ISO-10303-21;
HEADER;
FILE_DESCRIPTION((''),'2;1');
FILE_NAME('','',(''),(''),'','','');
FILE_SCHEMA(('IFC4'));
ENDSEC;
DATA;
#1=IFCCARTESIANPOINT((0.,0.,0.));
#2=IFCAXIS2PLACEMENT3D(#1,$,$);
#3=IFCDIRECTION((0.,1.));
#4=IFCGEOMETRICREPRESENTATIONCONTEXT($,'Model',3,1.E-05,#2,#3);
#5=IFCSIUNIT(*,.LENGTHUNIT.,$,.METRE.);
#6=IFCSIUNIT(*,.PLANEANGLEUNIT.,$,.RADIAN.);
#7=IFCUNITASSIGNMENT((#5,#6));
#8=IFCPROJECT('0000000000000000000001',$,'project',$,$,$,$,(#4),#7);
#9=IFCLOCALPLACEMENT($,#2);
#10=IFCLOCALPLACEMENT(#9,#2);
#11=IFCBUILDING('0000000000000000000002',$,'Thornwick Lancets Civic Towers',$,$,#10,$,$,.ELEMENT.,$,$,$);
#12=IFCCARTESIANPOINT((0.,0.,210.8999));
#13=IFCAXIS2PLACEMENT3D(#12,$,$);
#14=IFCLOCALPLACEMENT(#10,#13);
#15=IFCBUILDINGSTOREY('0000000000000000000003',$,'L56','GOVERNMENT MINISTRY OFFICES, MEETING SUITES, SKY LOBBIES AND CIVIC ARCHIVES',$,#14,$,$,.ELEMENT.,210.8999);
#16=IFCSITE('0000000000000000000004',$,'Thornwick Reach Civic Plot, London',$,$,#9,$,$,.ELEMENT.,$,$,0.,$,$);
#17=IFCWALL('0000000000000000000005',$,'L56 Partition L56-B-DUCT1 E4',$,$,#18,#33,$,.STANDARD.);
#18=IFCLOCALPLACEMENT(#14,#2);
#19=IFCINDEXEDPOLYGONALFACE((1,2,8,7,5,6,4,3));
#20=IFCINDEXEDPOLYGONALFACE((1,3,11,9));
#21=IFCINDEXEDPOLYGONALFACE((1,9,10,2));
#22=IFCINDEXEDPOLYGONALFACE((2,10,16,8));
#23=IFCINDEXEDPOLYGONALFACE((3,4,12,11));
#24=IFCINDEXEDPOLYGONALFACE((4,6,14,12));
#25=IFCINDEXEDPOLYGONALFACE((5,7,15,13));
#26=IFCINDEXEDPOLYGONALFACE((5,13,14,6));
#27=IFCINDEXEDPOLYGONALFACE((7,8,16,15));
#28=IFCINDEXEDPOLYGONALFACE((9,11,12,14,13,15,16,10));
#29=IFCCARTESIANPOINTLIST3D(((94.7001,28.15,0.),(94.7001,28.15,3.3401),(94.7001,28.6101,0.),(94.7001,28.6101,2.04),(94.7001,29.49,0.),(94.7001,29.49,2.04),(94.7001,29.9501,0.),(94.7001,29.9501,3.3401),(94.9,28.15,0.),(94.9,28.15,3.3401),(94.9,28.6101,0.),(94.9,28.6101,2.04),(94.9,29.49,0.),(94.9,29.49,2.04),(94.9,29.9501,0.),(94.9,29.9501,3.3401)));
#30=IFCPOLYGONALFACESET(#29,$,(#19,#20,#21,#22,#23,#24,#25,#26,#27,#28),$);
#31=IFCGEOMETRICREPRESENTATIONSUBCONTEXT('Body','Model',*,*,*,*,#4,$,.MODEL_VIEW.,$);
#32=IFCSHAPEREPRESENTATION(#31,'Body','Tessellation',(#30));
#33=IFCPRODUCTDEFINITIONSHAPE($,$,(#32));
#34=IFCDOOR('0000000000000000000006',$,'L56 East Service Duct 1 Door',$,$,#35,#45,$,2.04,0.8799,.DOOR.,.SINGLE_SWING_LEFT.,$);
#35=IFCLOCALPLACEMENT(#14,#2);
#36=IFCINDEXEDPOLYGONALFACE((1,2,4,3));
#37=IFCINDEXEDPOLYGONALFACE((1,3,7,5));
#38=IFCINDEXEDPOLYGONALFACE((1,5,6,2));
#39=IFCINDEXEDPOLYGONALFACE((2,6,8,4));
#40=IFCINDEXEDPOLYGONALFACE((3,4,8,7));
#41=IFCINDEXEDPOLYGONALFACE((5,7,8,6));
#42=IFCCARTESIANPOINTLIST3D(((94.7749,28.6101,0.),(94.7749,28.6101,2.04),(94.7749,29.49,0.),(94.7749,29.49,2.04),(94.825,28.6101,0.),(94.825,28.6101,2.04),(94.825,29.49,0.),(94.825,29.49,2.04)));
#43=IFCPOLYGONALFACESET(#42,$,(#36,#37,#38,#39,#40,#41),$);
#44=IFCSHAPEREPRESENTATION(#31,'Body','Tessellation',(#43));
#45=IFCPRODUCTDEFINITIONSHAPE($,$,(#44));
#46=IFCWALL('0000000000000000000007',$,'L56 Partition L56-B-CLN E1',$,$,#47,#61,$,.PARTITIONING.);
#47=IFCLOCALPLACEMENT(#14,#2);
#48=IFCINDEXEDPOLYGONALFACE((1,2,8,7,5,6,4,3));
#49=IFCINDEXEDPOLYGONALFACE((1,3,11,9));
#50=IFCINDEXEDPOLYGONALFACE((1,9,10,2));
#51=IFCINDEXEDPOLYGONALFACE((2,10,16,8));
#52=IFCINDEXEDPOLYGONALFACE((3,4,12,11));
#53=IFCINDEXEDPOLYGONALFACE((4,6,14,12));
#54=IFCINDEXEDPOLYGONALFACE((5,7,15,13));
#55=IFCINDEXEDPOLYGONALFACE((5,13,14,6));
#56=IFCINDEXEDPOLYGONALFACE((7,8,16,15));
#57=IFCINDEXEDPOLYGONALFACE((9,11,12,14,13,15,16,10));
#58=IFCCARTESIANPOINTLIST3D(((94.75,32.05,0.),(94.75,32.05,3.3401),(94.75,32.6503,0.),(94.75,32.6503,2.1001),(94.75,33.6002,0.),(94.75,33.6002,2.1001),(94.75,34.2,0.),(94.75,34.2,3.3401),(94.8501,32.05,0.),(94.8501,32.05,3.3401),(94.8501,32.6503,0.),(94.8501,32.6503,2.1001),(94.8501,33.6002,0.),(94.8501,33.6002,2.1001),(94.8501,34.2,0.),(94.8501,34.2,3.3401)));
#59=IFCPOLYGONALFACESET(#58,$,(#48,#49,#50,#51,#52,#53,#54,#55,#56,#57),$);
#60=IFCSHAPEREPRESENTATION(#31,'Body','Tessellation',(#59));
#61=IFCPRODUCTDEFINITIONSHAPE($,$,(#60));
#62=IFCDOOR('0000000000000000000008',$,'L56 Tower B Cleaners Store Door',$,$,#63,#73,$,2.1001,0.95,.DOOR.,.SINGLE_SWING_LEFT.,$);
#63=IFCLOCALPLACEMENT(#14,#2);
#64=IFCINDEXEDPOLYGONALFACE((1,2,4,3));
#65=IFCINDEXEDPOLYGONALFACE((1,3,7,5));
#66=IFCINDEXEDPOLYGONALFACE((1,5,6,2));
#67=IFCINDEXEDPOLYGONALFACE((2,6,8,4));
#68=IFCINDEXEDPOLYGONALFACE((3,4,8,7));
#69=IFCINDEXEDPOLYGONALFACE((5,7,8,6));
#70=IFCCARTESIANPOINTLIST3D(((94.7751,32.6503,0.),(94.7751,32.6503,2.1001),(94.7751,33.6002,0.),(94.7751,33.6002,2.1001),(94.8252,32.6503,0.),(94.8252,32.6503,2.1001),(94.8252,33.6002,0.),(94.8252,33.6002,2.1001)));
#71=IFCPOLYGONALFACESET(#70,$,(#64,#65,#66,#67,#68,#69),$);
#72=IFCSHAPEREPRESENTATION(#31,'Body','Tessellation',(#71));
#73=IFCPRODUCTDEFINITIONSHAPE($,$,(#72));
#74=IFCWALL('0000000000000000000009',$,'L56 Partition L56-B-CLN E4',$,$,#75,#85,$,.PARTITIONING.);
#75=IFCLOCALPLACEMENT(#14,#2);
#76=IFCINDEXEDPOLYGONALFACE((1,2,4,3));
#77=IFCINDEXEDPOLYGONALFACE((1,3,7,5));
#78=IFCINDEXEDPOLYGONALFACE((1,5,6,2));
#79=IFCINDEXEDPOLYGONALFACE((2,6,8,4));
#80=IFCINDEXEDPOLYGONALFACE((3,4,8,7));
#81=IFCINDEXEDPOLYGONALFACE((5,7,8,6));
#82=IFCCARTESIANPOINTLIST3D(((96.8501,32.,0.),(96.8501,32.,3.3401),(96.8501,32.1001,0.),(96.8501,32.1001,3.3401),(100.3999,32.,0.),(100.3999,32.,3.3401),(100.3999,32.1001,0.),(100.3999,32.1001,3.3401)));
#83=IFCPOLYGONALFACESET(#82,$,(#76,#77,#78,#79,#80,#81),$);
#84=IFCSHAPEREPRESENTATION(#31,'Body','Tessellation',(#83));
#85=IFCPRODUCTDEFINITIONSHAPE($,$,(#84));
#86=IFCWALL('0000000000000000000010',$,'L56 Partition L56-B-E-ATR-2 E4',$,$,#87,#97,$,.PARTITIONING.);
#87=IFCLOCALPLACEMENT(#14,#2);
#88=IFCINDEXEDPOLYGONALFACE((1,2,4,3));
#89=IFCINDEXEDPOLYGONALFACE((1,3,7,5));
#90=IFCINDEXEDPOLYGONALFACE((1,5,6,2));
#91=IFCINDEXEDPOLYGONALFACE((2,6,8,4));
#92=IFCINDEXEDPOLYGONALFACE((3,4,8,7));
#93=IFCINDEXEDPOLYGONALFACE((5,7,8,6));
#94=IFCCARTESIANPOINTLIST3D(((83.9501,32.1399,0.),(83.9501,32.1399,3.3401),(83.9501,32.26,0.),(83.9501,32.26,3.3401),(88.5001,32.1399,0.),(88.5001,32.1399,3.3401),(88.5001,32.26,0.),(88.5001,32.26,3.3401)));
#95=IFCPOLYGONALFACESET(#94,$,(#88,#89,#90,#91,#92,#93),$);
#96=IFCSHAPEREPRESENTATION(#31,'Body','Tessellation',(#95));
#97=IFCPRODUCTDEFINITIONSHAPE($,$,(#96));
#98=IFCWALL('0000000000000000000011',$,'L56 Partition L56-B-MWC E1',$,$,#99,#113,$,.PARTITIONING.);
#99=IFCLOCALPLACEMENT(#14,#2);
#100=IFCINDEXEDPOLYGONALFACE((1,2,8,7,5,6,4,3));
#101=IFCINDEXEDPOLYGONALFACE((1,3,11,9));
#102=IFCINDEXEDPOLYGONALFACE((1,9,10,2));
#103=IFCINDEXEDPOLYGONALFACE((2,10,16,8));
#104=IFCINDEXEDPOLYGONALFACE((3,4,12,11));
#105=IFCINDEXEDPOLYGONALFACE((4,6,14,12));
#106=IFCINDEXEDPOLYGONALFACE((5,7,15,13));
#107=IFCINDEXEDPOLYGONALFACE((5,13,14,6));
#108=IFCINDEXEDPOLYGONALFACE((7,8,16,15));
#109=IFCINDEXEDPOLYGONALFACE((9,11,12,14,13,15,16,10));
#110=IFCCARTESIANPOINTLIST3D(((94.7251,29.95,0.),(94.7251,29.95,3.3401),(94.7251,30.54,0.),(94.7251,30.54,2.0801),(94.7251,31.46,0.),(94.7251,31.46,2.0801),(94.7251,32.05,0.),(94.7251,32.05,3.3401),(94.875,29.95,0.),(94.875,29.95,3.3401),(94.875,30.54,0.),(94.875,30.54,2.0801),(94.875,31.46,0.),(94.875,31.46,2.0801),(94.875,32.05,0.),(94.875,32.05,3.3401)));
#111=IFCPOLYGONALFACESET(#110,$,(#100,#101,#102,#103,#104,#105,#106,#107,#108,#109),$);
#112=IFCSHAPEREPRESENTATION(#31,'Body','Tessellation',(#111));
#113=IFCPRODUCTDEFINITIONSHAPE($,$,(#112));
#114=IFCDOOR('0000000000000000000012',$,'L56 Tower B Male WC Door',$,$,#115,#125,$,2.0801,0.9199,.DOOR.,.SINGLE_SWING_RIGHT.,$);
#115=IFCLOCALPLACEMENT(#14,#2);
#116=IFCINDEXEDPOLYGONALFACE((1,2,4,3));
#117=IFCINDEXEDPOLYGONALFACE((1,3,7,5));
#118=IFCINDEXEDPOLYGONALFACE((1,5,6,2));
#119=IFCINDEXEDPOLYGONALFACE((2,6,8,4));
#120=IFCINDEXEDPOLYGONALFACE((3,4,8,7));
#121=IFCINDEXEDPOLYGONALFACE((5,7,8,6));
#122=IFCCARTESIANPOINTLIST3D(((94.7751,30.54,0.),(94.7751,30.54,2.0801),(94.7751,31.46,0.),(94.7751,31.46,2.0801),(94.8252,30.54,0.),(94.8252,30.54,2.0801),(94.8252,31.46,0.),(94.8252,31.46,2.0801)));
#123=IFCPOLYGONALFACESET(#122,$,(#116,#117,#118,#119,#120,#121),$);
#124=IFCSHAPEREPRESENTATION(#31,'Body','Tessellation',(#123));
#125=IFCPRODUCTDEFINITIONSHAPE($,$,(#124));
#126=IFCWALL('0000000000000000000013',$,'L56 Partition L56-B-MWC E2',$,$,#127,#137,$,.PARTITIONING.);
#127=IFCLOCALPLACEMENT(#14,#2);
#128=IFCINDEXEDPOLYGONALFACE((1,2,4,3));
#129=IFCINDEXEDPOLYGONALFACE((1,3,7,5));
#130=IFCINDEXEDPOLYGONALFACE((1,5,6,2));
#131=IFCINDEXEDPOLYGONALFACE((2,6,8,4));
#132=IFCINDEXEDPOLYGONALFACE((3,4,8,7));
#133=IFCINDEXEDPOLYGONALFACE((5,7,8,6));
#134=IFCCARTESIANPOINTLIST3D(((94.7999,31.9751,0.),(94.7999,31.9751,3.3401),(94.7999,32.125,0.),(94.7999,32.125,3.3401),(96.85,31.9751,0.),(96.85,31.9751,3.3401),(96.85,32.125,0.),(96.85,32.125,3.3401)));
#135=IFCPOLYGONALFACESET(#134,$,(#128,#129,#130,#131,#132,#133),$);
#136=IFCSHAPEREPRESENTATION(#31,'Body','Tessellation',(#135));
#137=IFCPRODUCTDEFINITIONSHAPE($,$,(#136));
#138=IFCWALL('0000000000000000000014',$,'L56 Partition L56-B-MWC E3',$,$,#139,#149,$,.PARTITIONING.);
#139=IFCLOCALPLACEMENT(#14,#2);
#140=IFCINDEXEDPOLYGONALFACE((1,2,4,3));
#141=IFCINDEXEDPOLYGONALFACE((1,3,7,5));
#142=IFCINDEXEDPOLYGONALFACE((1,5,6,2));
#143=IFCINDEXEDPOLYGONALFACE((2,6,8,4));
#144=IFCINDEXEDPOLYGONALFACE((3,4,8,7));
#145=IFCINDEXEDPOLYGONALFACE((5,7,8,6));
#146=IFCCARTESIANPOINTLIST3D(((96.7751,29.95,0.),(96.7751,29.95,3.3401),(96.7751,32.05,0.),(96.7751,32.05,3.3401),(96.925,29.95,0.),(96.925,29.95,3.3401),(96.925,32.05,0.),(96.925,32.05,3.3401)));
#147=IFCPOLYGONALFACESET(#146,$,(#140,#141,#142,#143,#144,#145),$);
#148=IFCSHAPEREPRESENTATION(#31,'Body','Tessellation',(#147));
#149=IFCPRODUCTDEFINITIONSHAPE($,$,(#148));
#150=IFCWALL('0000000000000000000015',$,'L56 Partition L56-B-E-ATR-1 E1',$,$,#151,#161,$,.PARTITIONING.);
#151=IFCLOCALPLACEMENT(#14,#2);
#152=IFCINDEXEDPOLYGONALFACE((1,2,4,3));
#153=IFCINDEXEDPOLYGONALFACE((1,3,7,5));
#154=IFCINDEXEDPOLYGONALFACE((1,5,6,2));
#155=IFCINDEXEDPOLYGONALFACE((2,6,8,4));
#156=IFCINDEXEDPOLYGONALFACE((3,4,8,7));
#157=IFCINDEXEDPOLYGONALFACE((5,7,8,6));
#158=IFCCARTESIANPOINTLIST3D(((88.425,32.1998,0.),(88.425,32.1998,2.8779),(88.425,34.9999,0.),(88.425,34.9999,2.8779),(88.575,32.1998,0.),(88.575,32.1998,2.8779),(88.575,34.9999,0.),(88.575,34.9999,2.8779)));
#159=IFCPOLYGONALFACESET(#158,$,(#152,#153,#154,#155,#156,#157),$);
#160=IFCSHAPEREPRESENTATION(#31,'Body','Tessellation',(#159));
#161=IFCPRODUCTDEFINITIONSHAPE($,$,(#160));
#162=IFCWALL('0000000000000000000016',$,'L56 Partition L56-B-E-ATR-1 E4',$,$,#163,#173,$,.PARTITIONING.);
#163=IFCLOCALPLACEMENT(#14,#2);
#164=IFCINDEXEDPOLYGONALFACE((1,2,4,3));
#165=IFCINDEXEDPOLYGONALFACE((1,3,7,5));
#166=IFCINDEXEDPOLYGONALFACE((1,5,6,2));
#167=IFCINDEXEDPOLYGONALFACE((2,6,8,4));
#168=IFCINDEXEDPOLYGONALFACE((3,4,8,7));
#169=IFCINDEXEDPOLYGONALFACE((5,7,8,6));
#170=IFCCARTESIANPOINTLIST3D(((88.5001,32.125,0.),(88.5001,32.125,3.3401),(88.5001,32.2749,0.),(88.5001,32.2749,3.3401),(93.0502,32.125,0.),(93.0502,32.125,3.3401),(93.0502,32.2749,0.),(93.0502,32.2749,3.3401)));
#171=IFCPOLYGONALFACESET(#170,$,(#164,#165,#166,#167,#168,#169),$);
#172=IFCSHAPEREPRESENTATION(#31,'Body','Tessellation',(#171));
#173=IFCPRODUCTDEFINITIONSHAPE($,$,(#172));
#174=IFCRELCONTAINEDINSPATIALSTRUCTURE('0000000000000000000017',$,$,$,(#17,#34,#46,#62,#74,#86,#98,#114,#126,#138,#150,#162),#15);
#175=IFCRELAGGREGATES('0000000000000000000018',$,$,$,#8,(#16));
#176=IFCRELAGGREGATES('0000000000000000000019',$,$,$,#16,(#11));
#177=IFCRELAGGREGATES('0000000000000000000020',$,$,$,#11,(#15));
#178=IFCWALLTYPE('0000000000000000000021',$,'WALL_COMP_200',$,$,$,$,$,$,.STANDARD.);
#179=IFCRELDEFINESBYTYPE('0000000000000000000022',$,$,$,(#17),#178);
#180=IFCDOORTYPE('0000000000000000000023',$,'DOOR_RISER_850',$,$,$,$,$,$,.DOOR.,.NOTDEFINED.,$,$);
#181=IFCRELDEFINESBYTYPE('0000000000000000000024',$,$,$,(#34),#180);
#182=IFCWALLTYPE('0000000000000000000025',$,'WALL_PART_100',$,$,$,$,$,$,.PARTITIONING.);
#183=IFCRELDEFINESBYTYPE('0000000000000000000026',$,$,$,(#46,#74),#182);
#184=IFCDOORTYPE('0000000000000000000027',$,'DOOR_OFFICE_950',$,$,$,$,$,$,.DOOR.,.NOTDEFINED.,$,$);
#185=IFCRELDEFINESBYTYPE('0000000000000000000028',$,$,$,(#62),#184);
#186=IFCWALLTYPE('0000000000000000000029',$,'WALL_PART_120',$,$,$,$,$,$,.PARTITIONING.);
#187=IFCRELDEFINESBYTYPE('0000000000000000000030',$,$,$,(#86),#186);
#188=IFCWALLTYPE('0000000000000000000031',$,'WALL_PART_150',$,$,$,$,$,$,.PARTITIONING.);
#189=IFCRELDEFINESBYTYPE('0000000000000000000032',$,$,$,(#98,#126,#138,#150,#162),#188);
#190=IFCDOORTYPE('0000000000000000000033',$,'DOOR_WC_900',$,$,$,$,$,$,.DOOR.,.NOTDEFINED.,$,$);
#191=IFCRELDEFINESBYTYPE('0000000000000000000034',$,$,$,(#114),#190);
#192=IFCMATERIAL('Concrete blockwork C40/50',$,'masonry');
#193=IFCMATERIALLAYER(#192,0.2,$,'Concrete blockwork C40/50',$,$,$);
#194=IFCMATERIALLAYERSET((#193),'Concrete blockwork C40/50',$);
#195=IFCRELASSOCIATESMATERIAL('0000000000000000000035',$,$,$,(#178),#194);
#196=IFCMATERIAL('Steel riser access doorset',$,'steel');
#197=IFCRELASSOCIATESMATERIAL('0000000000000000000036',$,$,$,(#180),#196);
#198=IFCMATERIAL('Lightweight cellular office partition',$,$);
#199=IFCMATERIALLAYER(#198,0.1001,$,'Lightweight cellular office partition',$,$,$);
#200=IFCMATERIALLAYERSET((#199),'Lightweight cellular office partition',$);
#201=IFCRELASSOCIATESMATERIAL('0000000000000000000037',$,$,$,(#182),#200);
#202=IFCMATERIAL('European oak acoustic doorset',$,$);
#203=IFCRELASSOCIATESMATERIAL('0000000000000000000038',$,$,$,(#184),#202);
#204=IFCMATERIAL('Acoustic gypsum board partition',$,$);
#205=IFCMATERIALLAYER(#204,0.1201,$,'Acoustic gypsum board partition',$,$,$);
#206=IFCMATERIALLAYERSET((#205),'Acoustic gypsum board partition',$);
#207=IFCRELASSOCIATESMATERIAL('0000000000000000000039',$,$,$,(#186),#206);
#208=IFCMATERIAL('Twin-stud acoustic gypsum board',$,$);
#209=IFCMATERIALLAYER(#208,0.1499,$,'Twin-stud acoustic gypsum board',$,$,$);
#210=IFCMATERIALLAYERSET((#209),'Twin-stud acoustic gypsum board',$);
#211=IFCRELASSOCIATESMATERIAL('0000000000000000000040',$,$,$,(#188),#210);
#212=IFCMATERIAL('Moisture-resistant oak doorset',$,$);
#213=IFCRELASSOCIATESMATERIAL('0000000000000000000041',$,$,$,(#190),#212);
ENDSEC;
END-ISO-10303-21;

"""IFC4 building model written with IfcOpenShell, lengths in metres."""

from ifc_helpers import new_model, si_unit, direction, frame, frame_2d, origin, place, context, subcontext, project, spatial, rectangle, extrude, material, layer, layer_set, type_object, element, fill, save


model = new_model("IFC4")

# Units and contexts
model_context = context("Model", 3, precision=1e-05, world=origin(), true_north=direction((0.0, 1.0)))
body_context = subcontext(model_context, "Body", "Model", "MODEL_VIEW")
ifc_project = project(units=[si_unit("LENGTHUNIT", "METRE"), si_unit("PLANEANGLEUNIT", "RADIAN")], contexts=[model_context])

# Site, building, storey
site_placement = place(None, origin())
site = spatial("IfcSite", under=ifc_project, at=site_placement, Name="Thornwick Reach Civic Plot, London", CompositionType="ELEMENT", RefElevation=0.0)
building_placement = place(site_placement, origin())
building = spatial("IfcBuilding", under=site, at=building_placement, Name="Thornwick Lancets Civic Towers", CompositionType="ELEMENT")
storey_placement = place(building_placement, frame((0.0, 0.0, 210.8999)))
storey = spatial("IfcBuildingStorey", under=building, at=storey_placement, Name="L56", Description="GOVERNMENT MINISTRY OFFICES, MEETING SUITES, SKY LOBBIES AND CIVIC ARCHIVES", CompositionType="ELEMENT", Elevation=210.8999)

# Shared definitions
ifc_material_1 = material(Name="Concrete blockwork C40/50", Category="masonry")
ifc_layer_1 = layer(ifc_material_1, 0.2, Name="Concrete blockwork C40/50")
ifc_layer_set_1 = layer_set([ifc_layer_1], Name="Concrete blockwork C40/50")
wall_type_1 = type_object("IfcWallType", Name="WALL_COMP_200", PredefinedType="STANDARD", material=ifc_layer_set_1)

# Walls, openings, doors
wall_1_placement = place(storey_placement, frame((94.8, 29.95, 0.0), z_axis=(0.0, 0.0, 1.0), x_axis=(0.0, -1.0, 0.0)))
wall_1 = element("IfcWall", 1, at=wall_1_placement, inside=storey, type_object=wall_type_1, Name="L56 Partition L56-B-DUCT1 E4", PredefinedType="STANDARD", context=body_context, shape_type="SweptSolid", body=[
    extrude(rectangle(XDim=1.8, YDim=0.2, at=frame_2d((0.8999, 0.0))), origin(), (0.0, 0.0, 1.0), 3.3401),
])
opening_1_placement = place(wall_1_placement, frame((0.46, 0.0, 0.0)))
opening_1 = element("IfcOpeningElement", 2, at=opening_1_placement, cuts=wall_1, PredefinedType="OPENING", context=body_context, shape_type="SweptSolid", body=[
    extrude(rectangle(XDim=0.8799, YDim=2.04, at=frame_2d((0.4399, 1.02))), frame((0.0, 0.1099, 0.0), z_axis=(0.0, -1.0, 0.0), x_axis=(1.0, 0.0, 0.0)), (0.0, 0.0, 1.0), 0.22),
])
ifc_material_2 = material(Name="Steel riser access doorset", Category="steel")
door_type_1 = type_object("IfcDoorType", Name="DOOR_RISER_850", OperationType="NOTDEFINED", PredefinedType="DOOR", material=ifc_material_2)
door_1_placement = place(opening_1_placement, origin())
door_1 = element("IfcDoor", 3, at=door_1_placement, inside=storey, type_object=door_type_1, Name="L56 East Service Duct 1 Door", OperationType="SINGLE_SWING_LEFT", OverallHeight=2.04, OverallWidth=0.8799, PredefinedType="DOOR", context=body_context, shape_type="SweptSolid", body=[
    extrude(rectangle(XDim=0.8799, YDim=2.04, at=frame_2d((0.4399, 1.02))), frame((0.0, 0.0249, 0.0), z_axis=(0.0, -1.0, 0.0), x_axis=(1.0, 0.0, 0.0)), (0.0, 0.0, 1.0), 0.05),
])
fill(opening_1, door_1)
ifc_material_3 = material(Name="Lightweight cellular office partition")
ifc_layer_2 = layer(ifc_material_3, 0.1001, Name="Lightweight cellular office partition")
ifc_layer_set_2 = layer_set([ifc_layer_2], Name="Lightweight cellular office partition")
wall_type_2 = type_object("IfcWallType", Name="WALL_PART_100", PredefinedType="PARTITIONING", material=ifc_layer_set_2)
wall_2_placement = place(storey_placement, frame((94.8, 32.05, 0.0), z_axis=(0.0, 0.0, 1.0), x_axis=(0.0, 1.0, 0.0)))
wall_2 = element("IfcWall", 4, at=wall_2_placement, inside=storey, type_object=wall_type_2, Name="L56 Partition L56-B-CLN E1", PredefinedType="PARTITIONING", context=body_context, shape_type="SweptSolid", body=[
    extrude(rectangle(XDim=2.1499, YDim=0.1001, at=frame_2d((1.075, 0.0))), origin(), (0.0, 0.0, 1.0), 3.3401),
])
opening_2_placement = place(wall_2_placement, frame((0.6001, 0.0, 0.0)))
opening_2 = element("IfcOpeningElement", 5, at=opening_2_placement, cuts=wall_2, PredefinedType="OPENING", context=body_context, shape_type="SweptSolid", body=[
    extrude(rectangle(XDim=0.95, YDim=2.1001, at=frame_2d((0.4751, 1.05))), frame((0.0, 0.0601, 0.0), z_axis=(0.0, -1.0, 0.0), x_axis=(1.0, 0.0, 0.0)), (0.0, 0.0, 1.0), 0.1201),
])
ifc_material_4 = material(Name="European oak acoustic doorset")
door_type_2 = type_object("IfcDoorType", Name="DOOR_OFFICE_950", OperationType="NOTDEFINED", PredefinedType="DOOR", material=ifc_material_4)
door_2_placement = place(opening_2_placement, origin())
door_2 = element("IfcDoor", 6, at=door_2_placement, inside=storey, type_object=door_type_2, Name="L56 Tower B Cleaners Store Door", OperationType="SINGLE_SWING_LEFT", OverallHeight=2.1001, OverallWidth=0.95, PredefinedType="DOOR", context=body_context, shape_type="SweptSolid", body=[
    extrude(rectangle(XDim=0.95, YDim=2.1001, at=frame_2d((0.4751, 1.05))), frame((0.0, 0.0249, 0.0), z_axis=(0.0, -1.0, 0.0), x_axis=(1.0, 0.0, 0.0)), (0.0, 0.0, 1.0), 0.05),
])
fill(opening_2, door_2)

# Walls
wall_3_placement = place(storey_placement, frame((100.3999, 32.05, 0.0), z_axis=(0.0, 0.0, 1.0), x_axis=(-1.0, 0.0, 0.0)))
element("IfcWall", 7, at=wall_3_placement, inside=storey, type_object=wall_type_2, Name="L56 Partition L56-B-CLN E4", PredefinedType="PARTITIONING", context=body_context, shape_type="SweptSolid", body=[
    extrude(rectangle(XDim=3.5498, YDim=0.1001, at=frame_2d((1.7749, 0.0))), origin(), (0.0, 0.0, 1.0), 3.3401),
])
ifc_material_5 = material(Name="Acoustic gypsum board partition")
ifc_layer_3 = layer(ifc_material_5, 0.1201, Name="Acoustic gypsum board partition")
ifc_layer_set_3 = layer_set([ifc_layer_3], Name="Acoustic gypsum board partition")
wall_type_3 = type_object("IfcWallType", Name="WALL_PART_120", PredefinedType="PARTITIONING", material=ifc_layer_set_3)
wall_4_placement = place(storey_placement, frame((88.5, 32.2, 0.0), z_axis=(0.0, 0.0, 1.0), x_axis=(-1.0, 0.0, 0.0)))
element("IfcWall", 8, at=wall_4_placement, inside=storey, type_object=wall_type_3, Name="L56 Partition L56-B-E-ATR-2 E4", PredefinedType="PARTITIONING", context=body_context, shape_type="SweptSolid", body=[
    extrude(rectangle(XDim=4.55, YDim=0.1201, at=frame_2d((2.2749, 0.0))), origin(), (0.0, 0.0, 1.0), 3.3401),
])

# Wall, opening, door
ifc_material_6 = material(Name="Twin-stud acoustic gypsum board")
ifc_layer_4 = layer(ifc_material_6, 0.1499, Name="Twin-stud acoustic gypsum board")
ifc_layer_set_4 = layer_set([ifc_layer_4], Name="Twin-stud acoustic gypsum board")
wall_type_4 = type_object("IfcWallType", Name="WALL_PART_150", PredefinedType="PARTITIONING", material=ifc_layer_set_4)
wall_5_placement = place(storey_placement, frame((94.8, 29.95, 0.0), z_axis=(0.0, 0.0, 1.0), x_axis=(0.0, 1.0, 0.0)))
wall_5 = element("IfcWall", 9, at=wall_5_placement, inside=storey, type_object=wall_type_4, Name="L56 Partition L56-B-MWC E1", PredefinedType="PARTITIONING", context=body_context, shape_type="SweptSolid", body=[
    extrude(rectangle(XDim=2.1001, YDim=0.1499, at=frame_2d((1.05, 0.0))), origin(), (0.0, 0.0, 1.0), 3.3401),
])
opening_3_placement = place(wall_5_placement, frame((0.5901, 0.0, 0.0)))
opening_3 = element("IfcOpeningElement", 10, at=opening_3_placement, cuts=wall_5, PredefinedType="OPENING", context=body_context, shape_type="SweptSolid", body=[
    extrude(rectangle(XDim=0.9199, YDim=2.0801, at=frame_2d((0.46, 1.04))), frame((0.0, 0.085, 0.0), z_axis=(0.0, -1.0, 0.0), x_axis=(1.0, 0.0, 0.0)), (0.0, 0.0, 1.0), 0.1699),
])
ifc_material_7 = material(Name="Moisture-resistant oak doorset")
door_type_3 = type_object("IfcDoorType", Name="DOOR_WC_900", OperationType="NOTDEFINED", PredefinedType="DOOR", material=ifc_material_7)
door_3_placement = place(opening_3_placement, origin())
door_3 = element("IfcDoor", 11, at=door_3_placement, inside=storey, type_object=door_type_3, Name="L56 Tower B Male WC Door", OperationType="SINGLE_SWING_RIGHT", OverallHeight=2.0801, OverallWidth=0.9199, PredefinedType="DOOR", context=body_context, shape_type="SweptSolid", body=[
    extrude(rectangle(XDim=0.9199, YDim=2.0801, at=frame_2d((0.46, 1.04))), frame((0.0, 0.0249, 0.0), z_axis=(0.0, -1.0, 0.0), x_axis=(1.0, 0.0, 0.0)), (0.0, 0.0, 1.0), 0.05),
])
fill(opening_3, door_3)

# Walls
wall_6_placement = place(storey_placement, frame((94.8, 32.05, 0.0), z_axis=(0.0, 0.0, 1.0), x_axis=(1.0, 0.0, 0.0)))
element("IfcWall", 12, at=wall_6_placement, inside=storey, type_object=wall_type_4, Name="L56 Partition L56-B-MWC E2", PredefinedType="PARTITIONING", context=body_context, shape_type="SweptSolid", body=[
    extrude(rectangle(XDim=2.05, YDim=0.1499, at=frame_2d((1.0249, 0.0))), origin(), (0.0, 0.0, 1.0), 3.3401),
])
wall_7_placement = place(storey_placement, frame((96.8501, 32.05, 0.0), z_axis=(0.0, 0.0, 1.0), x_axis=(0.0, -1.0, 0.0)))
element("IfcWall", 13, at=wall_7_placement, inside=storey, type_object=wall_type_4, Name="L56 Partition L56-B-MWC E3", PredefinedType="PARTITIONING", context=body_context, shape_type="SweptSolid", body=[
    extrude(rectangle(XDim=2.1001, YDim=0.1499, at=frame_2d((1.05, 0.0))), origin(), (0.0, 0.0, 1.0), 3.3401),
])
wall_8_placement = place(storey_placement, frame((88.5, 32.2, 0.0), z_axis=(0.0, 0.0, 1.0), x_axis=(0.0, 1.0, 0.0)))
element("IfcWall", 14, at=wall_8_placement, inside=storey, type_object=wall_type_4, Name="L56 Partition L56-B-E-ATR-1 E1", PredefinedType="PARTITIONING", context=body_context, shape_type="SweptSolid", body=[
    extrude(rectangle(XDim=2.8, YDim=0.1499, at=frame_2d((1.3999, 0.0))), origin(), (0.0, 0.0, 1.0), 2.8779),
])
wall_9_placement = place(storey_placement, frame((93.05, 32.2, 0.0), z_axis=(0.0, 0.0, 1.0), x_axis=(-1.0, 0.0, 0.0)))
element("IfcWall", 15, at=wall_9_placement, inside=storey, type_object=wall_type_4, Name="L56 Partition L56-B-E-ATR-1 E4", PredefinedType="PARTITIONING", context=body_context, shape_type="SweptSolid", body=[
    extrude(rectangle(XDim=4.55, YDim=0.1499, at=frame_2d((2.2749, 0.0))), origin(), (0.0, 0.0, 1.0), 3.3401),
])

save(model, "model.ifc")
